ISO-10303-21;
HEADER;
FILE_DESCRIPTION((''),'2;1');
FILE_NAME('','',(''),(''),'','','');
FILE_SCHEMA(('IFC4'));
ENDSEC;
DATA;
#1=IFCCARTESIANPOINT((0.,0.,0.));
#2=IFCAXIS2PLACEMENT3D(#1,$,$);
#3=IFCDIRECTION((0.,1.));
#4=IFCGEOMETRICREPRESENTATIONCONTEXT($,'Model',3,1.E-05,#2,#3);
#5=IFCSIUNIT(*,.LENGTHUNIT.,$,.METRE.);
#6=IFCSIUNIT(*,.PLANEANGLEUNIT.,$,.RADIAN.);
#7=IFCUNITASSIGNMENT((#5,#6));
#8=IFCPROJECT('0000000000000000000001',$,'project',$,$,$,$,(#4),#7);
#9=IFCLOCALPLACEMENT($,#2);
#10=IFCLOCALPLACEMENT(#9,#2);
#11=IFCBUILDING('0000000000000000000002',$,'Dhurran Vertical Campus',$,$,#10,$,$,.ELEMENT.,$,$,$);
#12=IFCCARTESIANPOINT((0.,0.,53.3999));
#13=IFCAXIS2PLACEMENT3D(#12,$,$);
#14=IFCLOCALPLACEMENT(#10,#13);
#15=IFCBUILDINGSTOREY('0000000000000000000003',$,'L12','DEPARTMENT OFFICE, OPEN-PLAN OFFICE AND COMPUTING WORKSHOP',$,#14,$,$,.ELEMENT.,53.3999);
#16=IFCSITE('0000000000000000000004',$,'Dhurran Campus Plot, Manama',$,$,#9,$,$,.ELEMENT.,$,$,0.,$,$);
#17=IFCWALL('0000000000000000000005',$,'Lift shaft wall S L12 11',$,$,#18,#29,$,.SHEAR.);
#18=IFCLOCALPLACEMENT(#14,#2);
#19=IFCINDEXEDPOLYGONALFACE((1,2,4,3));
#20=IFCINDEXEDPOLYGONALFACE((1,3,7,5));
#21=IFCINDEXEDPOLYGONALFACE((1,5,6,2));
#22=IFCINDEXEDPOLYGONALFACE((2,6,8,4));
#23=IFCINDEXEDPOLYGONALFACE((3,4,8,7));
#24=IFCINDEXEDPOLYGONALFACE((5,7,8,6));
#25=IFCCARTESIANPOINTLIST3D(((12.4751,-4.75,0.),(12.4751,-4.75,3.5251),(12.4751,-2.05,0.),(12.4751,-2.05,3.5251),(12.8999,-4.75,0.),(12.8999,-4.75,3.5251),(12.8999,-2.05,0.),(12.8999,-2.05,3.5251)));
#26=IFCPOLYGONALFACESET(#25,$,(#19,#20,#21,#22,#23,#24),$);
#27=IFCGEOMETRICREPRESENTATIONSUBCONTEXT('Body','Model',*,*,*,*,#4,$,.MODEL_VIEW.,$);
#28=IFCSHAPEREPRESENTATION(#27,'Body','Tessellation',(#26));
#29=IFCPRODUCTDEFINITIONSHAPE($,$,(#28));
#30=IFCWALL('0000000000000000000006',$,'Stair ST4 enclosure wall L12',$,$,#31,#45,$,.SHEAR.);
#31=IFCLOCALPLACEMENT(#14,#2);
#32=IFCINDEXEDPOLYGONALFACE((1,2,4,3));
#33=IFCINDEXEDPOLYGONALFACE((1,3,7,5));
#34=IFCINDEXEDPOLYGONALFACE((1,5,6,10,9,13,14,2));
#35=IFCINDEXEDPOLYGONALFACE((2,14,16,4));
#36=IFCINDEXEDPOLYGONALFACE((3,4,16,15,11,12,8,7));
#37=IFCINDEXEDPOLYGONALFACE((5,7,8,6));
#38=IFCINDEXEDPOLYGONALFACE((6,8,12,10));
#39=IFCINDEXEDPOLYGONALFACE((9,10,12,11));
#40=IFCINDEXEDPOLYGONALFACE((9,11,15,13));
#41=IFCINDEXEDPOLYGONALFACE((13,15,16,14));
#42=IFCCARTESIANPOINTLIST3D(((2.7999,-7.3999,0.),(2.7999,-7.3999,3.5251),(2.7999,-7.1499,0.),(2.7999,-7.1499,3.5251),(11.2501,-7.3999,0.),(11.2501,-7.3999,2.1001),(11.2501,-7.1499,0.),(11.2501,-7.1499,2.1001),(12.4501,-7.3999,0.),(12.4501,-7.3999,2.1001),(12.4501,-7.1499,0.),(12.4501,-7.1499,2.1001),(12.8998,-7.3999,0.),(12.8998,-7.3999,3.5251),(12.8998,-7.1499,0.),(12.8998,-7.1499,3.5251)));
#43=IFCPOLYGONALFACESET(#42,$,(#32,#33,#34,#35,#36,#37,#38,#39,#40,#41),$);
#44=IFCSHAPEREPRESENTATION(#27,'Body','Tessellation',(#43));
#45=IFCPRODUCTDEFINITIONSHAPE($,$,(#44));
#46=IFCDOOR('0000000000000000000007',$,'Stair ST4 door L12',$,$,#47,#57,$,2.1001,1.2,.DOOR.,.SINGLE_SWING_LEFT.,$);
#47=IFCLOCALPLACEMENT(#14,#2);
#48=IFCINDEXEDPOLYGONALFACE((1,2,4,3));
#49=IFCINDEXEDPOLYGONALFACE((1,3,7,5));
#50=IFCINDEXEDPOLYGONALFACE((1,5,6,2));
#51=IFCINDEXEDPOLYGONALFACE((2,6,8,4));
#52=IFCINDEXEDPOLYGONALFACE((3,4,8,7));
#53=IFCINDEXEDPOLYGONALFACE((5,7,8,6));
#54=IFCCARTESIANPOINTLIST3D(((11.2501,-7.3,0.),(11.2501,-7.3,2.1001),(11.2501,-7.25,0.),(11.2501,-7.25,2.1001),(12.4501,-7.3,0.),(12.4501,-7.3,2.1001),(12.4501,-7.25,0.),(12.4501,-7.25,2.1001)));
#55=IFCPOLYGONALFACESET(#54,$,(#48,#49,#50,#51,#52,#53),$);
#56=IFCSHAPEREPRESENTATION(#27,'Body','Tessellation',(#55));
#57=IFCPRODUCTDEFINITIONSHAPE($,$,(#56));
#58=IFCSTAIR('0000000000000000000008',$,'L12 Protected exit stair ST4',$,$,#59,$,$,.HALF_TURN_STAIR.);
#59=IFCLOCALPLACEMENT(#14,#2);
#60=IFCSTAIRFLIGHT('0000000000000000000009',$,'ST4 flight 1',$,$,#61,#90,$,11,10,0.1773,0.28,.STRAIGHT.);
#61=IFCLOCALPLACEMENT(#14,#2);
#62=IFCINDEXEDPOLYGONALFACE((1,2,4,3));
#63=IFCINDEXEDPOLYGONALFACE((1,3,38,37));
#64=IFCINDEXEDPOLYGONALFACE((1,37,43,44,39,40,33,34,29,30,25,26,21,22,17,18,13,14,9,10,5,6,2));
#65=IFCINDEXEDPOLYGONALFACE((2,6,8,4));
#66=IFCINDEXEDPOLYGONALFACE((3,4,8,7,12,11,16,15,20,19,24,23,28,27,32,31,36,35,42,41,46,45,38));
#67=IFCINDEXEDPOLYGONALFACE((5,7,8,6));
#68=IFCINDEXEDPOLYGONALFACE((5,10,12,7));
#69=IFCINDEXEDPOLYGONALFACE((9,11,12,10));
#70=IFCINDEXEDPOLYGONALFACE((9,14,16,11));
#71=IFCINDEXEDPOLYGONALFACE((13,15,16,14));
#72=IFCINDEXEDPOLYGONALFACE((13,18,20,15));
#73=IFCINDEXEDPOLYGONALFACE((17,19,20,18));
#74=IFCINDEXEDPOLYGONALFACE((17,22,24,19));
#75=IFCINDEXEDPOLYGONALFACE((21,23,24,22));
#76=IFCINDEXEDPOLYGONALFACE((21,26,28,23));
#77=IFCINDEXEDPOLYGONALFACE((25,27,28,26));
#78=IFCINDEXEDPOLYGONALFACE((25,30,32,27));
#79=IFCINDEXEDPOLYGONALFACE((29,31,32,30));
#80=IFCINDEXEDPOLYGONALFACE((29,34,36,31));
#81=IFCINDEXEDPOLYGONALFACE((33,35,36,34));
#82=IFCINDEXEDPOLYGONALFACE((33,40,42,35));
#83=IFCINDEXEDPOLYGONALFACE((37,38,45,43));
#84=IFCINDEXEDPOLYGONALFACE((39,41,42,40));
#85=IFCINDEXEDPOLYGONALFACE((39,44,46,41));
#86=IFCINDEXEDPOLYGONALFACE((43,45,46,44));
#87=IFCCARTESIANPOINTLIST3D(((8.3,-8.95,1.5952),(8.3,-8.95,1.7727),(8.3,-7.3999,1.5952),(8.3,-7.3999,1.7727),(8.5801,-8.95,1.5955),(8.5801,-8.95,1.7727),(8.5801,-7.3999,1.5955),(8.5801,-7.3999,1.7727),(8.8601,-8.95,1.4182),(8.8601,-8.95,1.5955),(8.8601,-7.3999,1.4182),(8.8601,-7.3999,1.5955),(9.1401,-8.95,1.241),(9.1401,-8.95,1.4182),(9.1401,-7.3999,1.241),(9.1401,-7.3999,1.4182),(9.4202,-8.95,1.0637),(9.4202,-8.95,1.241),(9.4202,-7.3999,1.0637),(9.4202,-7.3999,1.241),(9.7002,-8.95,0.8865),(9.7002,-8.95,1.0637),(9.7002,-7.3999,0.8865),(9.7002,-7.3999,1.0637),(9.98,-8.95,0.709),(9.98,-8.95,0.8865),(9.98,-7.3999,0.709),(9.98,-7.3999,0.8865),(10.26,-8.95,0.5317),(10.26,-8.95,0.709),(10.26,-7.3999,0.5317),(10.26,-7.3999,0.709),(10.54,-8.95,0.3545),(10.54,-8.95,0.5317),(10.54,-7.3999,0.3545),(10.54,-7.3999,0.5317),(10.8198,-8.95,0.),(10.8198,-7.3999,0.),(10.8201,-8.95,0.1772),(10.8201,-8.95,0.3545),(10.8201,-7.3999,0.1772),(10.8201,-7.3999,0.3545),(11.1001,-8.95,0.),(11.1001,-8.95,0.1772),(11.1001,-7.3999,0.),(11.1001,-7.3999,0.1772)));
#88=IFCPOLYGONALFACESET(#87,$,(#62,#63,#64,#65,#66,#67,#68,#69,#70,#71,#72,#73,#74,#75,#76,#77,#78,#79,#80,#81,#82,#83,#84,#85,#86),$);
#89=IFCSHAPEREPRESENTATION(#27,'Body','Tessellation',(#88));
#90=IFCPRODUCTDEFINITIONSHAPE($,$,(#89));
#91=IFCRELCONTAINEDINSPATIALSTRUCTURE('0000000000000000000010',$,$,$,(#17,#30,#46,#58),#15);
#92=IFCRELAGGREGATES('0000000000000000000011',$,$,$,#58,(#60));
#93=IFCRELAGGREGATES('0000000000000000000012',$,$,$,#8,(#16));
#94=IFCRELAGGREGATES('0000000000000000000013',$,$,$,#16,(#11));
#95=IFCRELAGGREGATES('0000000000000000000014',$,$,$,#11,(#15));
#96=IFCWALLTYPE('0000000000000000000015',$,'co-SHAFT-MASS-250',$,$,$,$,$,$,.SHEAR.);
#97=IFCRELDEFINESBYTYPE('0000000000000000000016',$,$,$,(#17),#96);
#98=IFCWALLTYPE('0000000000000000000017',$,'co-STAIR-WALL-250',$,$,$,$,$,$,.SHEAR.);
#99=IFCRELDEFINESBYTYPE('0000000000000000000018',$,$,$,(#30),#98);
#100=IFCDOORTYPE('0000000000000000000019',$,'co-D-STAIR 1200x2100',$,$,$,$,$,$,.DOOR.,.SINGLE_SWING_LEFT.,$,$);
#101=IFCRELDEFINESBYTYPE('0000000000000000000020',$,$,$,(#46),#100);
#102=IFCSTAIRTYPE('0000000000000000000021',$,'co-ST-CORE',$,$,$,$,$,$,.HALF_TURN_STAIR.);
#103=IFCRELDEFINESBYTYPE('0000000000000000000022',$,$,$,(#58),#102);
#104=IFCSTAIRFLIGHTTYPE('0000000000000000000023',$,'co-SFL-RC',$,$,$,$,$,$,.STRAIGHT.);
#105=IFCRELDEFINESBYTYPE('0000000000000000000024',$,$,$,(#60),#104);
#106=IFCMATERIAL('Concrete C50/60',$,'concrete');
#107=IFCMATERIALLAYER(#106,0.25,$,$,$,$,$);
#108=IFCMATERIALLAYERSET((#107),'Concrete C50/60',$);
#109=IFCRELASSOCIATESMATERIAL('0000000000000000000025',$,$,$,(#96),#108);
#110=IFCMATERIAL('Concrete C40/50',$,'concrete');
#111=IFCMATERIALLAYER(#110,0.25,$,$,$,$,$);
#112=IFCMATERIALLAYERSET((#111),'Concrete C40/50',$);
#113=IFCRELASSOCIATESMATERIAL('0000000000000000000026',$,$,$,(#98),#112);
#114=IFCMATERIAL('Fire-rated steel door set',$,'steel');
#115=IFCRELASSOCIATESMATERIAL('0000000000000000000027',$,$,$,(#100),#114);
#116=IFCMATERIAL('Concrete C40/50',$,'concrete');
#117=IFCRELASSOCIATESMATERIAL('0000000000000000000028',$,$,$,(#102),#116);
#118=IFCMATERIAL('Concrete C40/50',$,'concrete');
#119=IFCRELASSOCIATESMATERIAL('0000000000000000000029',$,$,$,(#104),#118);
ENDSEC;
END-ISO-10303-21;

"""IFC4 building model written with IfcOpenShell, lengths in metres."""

from ifc_helpers import new_model, si_unit, direction, frame, frame_2d, origin, place, context, subcontext, project, spatial, polyline, rectangle, outline, extrude, material, layer, layer_set, type_object, element, fill, aggregate, save


model = new_model("IFC4")

# Units and contexts
model_context = context("Model", 3, precision=1e-05, world=origin(), true_north=direction((0.0, 1.0)))
body_context = subcontext(model_context, "Body", "Model", "MODEL_VIEW")
ifc_project = project(units=[si_unit("LENGTHUNIT", "METRE"), si_unit("PLANEANGLEUNIT", "RADIAN")], contexts=[model_context])

# Site, building, storey
site_placement = place(None, origin())
site = spatial("IfcSite", under=ifc_project, at=site_placement, Name="Dhurran Campus Plot, Manama", CompositionType="ELEMENT", RefElevation=0.0)
building_placement = place(site_placement, origin())
building = spatial("IfcBuilding", under=site, at=building_placement, Name="Dhurran Vertical Campus", CompositionType="ELEMENT")
storey_placement = place(building_placement, frame((0.0, 0.0, 53.3999)))
storey = spatial("IfcBuildingStorey", under=building, at=storey_placement, Name="L12", Description="DEPARTMENT OFFICE, OPEN-PLAN OFFICE AND COMPUTING WORKSHOP", CompositionType="ELEMENT", Elevation=53.3999)

# Wall
ifc_material_1 = material(Name="Concrete C50/60", Category="concrete")
ifc_layer_1 = layer(ifc_material_1, 0.25)
ifc_layer_set_1 = layer_set([ifc_layer_1], Name="Concrete C50/60")
wall_type_1 = type_object("IfcWallType", Name="co-SHAFT-MASS-250", PredefinedType="SHEAR", material=ifc_layer_set_1)
wall_1_placement = place(storey_placement, origin())
element("IfcWall", 1, at=wall_1_placement, inside=storey, type_object=wall_type_1, Name="Lift shaft wall S L12 11", PredefinedType="SHEAR", context=body_context, shape_type="SweptSolid", body=[
    extrude(outline(polyline([(12.4751, -4.75), (12.8999, -4.75), (12.8999, -2.05), (12.4751, -2.05), (12.4751, -4.75)])), origin(), (0.0, 0.0, 1.0), 3.5251),
])

# Wall, opening, door
ifc_material_2 = material(Name="Concrete C40/50", Category="concrete")
ifc_layer_2 = layer(ifc_material_2, 0.25)
ifc_layer_set_2 = layer_set([ifc_layer_2], Name="Concrete C40/50")
wall_type_2 = type_object("IfcWallType", Name="co-STAIR-WALL-250", PredefinedType="SHEAR", material=ifc_layer_set_2)
wall_2_placement = place(storey_placement, frame((2.8, -7.2749, 0.0), z_axis=(0.0, 0.0, 1.0), x_axis=(1.0, 0.0, 0.0)))
wall_2 = element("IfcWall", 2, at=wall_2_placement, inside=storey, type_object=wall_type_2, Name="Stair ST4 enclosure wall L12", PredefinedType="SHEAR", context=body_context, shape_type="SweptSolid", body=[
    extrude(rectangle(XDim=10.0999, YDim=0.25, at=frame_2d((5.0498, 0.0))), origin(), (0.0, 0.0, 1.0), 3.5251),
])
opening_1_placement = place(wall_2_placement, frame((8.45, 0.0, 0.0)))
opening_1 = element("IfcOpeningElement", 3, at=opening_1_placement, cuts=wall_2, PredefinedType="OPENING", context=body_context, shape_type="SweptSolid", body=[
    extrude(rectangle(XDim=1.2, YDim=2.1001, at=frame_2d((0.6001, 1.05))), frame((0.0, 0.135, 0.0), z_axis=(0.0, -1.0, 0.0), x_axis=(1.0, 0.0, 0.0)), (0.0, 0.0, 1.0), 0.27),
])
ifc_material_3 = material(Name="Fire-rated steel door set", Category="steel")
door_type_1 = type_object("IfcDoorType", Name="co-D-STAIR 1200x2100", OperationType="SINGLE_SWING_LEFT", PredefinedType="DOOR", material=ifc_material_3)
door_1_placement = place(opening_1_placement, origin())
door_1 = element("IfcDoor", 4, at=door_1_placement, inside=storey, type_object=door_type_1, Name="Stair ST4 door L12", OperationType="SINGLE_SWING_LEFT", OverallHeight=2.1001, OverallWidth=1.2, PredefinedType="DOOR", context=body_context, shape_type="SweptSolid", body=[
    extrude(rectangle(XDim=1.2, YDim=2.1001, at=frame_2d((0.6001, 1.05))), frame((0.0, 0.0249, 0.0), z_axis=(0.0, -1.0, 0.0), x_axis=(1.0, 0.0, 0.0)), (0.0, 0.0, 1.0), 0.05),
])
fill(opening_1, door_1)

# Stair, stair flight
ifc_material_4 = material(Name="Concrete C40/50", Category="concrete")
stair_type = type_object("IfcStairType", Name="co-ST-CORE", PredefinedType="HALF_TURN_STAIR", material=ifc_material_4)
stair_placement = place(storey_placement, origin())
stair = element("IfcStair", 5, at=stair_placement, inside=storey, type_object=stair_type, Name="L12 Protected exit stair ST4", PredefinedType="HALF_TURN_STAIR")
ifc_material_5 = material(Name="Concrete C40/50", Category="concrete")
stair_flight_type = type_object("IfcStairFlightType", Name="co-SFL-RC", PredefinedType="STRAIGHT", material=ifc_material_5)
stair_flight_placement = place(storey_placement, frame((11.1001, -8.175, 0.0), z_axis=(0.0, 0.0, 1.0), x_axis=(-1.0, 0.0, 0.0)))
stair_flight = element("IfcStairFlight", 6, at=stair_flight_placement, type_object=stair_flight_type, Name="ST4 flight 1", NumberOfRisers=11, NumberOfTreads=10, PredefinedType="STRAIGHT", RiserHeight=0.1773, TreadLength=0.28, context=body_context, shape_type="SweptSolid", body=[
    extrude(outline(polyline([(0.0, 0.0), (0.0, 0.1772), (0.28, 0.1772), (0.28, 0.3545), (0.5601, 0.3545), (0.5601, 0.5317), (0.8401, 0.5317), (0.8401, 0.709), (1.1201, 0.709), (1.1201, 0.8865), (1.3999, 0.8865), (1.3999, 1.0637), (1.6799, 1.0637), (1.6799, 1.241), (1.96, 1.241), (1.96, 1.4182), (2.24, 1.4182), (2.24, 1.5955), (2.52, 1.5955), (2.52, 1.7727), (2.8, 1.7727), (2.8, 1.95), (2.8, 1.5952), (0.2803, 0.0), (0.0, 0.0)])), frame((0.0, 0.7749, 0.0), z_axis=(0.0, -1.0, 0.0), x_axis=(1.0, 0.0, 0.0)), (0.0, 0.0, 1.0), 1.55),
])
aggregate(stair, [stair_flight])

save(model, "model.ifc")
